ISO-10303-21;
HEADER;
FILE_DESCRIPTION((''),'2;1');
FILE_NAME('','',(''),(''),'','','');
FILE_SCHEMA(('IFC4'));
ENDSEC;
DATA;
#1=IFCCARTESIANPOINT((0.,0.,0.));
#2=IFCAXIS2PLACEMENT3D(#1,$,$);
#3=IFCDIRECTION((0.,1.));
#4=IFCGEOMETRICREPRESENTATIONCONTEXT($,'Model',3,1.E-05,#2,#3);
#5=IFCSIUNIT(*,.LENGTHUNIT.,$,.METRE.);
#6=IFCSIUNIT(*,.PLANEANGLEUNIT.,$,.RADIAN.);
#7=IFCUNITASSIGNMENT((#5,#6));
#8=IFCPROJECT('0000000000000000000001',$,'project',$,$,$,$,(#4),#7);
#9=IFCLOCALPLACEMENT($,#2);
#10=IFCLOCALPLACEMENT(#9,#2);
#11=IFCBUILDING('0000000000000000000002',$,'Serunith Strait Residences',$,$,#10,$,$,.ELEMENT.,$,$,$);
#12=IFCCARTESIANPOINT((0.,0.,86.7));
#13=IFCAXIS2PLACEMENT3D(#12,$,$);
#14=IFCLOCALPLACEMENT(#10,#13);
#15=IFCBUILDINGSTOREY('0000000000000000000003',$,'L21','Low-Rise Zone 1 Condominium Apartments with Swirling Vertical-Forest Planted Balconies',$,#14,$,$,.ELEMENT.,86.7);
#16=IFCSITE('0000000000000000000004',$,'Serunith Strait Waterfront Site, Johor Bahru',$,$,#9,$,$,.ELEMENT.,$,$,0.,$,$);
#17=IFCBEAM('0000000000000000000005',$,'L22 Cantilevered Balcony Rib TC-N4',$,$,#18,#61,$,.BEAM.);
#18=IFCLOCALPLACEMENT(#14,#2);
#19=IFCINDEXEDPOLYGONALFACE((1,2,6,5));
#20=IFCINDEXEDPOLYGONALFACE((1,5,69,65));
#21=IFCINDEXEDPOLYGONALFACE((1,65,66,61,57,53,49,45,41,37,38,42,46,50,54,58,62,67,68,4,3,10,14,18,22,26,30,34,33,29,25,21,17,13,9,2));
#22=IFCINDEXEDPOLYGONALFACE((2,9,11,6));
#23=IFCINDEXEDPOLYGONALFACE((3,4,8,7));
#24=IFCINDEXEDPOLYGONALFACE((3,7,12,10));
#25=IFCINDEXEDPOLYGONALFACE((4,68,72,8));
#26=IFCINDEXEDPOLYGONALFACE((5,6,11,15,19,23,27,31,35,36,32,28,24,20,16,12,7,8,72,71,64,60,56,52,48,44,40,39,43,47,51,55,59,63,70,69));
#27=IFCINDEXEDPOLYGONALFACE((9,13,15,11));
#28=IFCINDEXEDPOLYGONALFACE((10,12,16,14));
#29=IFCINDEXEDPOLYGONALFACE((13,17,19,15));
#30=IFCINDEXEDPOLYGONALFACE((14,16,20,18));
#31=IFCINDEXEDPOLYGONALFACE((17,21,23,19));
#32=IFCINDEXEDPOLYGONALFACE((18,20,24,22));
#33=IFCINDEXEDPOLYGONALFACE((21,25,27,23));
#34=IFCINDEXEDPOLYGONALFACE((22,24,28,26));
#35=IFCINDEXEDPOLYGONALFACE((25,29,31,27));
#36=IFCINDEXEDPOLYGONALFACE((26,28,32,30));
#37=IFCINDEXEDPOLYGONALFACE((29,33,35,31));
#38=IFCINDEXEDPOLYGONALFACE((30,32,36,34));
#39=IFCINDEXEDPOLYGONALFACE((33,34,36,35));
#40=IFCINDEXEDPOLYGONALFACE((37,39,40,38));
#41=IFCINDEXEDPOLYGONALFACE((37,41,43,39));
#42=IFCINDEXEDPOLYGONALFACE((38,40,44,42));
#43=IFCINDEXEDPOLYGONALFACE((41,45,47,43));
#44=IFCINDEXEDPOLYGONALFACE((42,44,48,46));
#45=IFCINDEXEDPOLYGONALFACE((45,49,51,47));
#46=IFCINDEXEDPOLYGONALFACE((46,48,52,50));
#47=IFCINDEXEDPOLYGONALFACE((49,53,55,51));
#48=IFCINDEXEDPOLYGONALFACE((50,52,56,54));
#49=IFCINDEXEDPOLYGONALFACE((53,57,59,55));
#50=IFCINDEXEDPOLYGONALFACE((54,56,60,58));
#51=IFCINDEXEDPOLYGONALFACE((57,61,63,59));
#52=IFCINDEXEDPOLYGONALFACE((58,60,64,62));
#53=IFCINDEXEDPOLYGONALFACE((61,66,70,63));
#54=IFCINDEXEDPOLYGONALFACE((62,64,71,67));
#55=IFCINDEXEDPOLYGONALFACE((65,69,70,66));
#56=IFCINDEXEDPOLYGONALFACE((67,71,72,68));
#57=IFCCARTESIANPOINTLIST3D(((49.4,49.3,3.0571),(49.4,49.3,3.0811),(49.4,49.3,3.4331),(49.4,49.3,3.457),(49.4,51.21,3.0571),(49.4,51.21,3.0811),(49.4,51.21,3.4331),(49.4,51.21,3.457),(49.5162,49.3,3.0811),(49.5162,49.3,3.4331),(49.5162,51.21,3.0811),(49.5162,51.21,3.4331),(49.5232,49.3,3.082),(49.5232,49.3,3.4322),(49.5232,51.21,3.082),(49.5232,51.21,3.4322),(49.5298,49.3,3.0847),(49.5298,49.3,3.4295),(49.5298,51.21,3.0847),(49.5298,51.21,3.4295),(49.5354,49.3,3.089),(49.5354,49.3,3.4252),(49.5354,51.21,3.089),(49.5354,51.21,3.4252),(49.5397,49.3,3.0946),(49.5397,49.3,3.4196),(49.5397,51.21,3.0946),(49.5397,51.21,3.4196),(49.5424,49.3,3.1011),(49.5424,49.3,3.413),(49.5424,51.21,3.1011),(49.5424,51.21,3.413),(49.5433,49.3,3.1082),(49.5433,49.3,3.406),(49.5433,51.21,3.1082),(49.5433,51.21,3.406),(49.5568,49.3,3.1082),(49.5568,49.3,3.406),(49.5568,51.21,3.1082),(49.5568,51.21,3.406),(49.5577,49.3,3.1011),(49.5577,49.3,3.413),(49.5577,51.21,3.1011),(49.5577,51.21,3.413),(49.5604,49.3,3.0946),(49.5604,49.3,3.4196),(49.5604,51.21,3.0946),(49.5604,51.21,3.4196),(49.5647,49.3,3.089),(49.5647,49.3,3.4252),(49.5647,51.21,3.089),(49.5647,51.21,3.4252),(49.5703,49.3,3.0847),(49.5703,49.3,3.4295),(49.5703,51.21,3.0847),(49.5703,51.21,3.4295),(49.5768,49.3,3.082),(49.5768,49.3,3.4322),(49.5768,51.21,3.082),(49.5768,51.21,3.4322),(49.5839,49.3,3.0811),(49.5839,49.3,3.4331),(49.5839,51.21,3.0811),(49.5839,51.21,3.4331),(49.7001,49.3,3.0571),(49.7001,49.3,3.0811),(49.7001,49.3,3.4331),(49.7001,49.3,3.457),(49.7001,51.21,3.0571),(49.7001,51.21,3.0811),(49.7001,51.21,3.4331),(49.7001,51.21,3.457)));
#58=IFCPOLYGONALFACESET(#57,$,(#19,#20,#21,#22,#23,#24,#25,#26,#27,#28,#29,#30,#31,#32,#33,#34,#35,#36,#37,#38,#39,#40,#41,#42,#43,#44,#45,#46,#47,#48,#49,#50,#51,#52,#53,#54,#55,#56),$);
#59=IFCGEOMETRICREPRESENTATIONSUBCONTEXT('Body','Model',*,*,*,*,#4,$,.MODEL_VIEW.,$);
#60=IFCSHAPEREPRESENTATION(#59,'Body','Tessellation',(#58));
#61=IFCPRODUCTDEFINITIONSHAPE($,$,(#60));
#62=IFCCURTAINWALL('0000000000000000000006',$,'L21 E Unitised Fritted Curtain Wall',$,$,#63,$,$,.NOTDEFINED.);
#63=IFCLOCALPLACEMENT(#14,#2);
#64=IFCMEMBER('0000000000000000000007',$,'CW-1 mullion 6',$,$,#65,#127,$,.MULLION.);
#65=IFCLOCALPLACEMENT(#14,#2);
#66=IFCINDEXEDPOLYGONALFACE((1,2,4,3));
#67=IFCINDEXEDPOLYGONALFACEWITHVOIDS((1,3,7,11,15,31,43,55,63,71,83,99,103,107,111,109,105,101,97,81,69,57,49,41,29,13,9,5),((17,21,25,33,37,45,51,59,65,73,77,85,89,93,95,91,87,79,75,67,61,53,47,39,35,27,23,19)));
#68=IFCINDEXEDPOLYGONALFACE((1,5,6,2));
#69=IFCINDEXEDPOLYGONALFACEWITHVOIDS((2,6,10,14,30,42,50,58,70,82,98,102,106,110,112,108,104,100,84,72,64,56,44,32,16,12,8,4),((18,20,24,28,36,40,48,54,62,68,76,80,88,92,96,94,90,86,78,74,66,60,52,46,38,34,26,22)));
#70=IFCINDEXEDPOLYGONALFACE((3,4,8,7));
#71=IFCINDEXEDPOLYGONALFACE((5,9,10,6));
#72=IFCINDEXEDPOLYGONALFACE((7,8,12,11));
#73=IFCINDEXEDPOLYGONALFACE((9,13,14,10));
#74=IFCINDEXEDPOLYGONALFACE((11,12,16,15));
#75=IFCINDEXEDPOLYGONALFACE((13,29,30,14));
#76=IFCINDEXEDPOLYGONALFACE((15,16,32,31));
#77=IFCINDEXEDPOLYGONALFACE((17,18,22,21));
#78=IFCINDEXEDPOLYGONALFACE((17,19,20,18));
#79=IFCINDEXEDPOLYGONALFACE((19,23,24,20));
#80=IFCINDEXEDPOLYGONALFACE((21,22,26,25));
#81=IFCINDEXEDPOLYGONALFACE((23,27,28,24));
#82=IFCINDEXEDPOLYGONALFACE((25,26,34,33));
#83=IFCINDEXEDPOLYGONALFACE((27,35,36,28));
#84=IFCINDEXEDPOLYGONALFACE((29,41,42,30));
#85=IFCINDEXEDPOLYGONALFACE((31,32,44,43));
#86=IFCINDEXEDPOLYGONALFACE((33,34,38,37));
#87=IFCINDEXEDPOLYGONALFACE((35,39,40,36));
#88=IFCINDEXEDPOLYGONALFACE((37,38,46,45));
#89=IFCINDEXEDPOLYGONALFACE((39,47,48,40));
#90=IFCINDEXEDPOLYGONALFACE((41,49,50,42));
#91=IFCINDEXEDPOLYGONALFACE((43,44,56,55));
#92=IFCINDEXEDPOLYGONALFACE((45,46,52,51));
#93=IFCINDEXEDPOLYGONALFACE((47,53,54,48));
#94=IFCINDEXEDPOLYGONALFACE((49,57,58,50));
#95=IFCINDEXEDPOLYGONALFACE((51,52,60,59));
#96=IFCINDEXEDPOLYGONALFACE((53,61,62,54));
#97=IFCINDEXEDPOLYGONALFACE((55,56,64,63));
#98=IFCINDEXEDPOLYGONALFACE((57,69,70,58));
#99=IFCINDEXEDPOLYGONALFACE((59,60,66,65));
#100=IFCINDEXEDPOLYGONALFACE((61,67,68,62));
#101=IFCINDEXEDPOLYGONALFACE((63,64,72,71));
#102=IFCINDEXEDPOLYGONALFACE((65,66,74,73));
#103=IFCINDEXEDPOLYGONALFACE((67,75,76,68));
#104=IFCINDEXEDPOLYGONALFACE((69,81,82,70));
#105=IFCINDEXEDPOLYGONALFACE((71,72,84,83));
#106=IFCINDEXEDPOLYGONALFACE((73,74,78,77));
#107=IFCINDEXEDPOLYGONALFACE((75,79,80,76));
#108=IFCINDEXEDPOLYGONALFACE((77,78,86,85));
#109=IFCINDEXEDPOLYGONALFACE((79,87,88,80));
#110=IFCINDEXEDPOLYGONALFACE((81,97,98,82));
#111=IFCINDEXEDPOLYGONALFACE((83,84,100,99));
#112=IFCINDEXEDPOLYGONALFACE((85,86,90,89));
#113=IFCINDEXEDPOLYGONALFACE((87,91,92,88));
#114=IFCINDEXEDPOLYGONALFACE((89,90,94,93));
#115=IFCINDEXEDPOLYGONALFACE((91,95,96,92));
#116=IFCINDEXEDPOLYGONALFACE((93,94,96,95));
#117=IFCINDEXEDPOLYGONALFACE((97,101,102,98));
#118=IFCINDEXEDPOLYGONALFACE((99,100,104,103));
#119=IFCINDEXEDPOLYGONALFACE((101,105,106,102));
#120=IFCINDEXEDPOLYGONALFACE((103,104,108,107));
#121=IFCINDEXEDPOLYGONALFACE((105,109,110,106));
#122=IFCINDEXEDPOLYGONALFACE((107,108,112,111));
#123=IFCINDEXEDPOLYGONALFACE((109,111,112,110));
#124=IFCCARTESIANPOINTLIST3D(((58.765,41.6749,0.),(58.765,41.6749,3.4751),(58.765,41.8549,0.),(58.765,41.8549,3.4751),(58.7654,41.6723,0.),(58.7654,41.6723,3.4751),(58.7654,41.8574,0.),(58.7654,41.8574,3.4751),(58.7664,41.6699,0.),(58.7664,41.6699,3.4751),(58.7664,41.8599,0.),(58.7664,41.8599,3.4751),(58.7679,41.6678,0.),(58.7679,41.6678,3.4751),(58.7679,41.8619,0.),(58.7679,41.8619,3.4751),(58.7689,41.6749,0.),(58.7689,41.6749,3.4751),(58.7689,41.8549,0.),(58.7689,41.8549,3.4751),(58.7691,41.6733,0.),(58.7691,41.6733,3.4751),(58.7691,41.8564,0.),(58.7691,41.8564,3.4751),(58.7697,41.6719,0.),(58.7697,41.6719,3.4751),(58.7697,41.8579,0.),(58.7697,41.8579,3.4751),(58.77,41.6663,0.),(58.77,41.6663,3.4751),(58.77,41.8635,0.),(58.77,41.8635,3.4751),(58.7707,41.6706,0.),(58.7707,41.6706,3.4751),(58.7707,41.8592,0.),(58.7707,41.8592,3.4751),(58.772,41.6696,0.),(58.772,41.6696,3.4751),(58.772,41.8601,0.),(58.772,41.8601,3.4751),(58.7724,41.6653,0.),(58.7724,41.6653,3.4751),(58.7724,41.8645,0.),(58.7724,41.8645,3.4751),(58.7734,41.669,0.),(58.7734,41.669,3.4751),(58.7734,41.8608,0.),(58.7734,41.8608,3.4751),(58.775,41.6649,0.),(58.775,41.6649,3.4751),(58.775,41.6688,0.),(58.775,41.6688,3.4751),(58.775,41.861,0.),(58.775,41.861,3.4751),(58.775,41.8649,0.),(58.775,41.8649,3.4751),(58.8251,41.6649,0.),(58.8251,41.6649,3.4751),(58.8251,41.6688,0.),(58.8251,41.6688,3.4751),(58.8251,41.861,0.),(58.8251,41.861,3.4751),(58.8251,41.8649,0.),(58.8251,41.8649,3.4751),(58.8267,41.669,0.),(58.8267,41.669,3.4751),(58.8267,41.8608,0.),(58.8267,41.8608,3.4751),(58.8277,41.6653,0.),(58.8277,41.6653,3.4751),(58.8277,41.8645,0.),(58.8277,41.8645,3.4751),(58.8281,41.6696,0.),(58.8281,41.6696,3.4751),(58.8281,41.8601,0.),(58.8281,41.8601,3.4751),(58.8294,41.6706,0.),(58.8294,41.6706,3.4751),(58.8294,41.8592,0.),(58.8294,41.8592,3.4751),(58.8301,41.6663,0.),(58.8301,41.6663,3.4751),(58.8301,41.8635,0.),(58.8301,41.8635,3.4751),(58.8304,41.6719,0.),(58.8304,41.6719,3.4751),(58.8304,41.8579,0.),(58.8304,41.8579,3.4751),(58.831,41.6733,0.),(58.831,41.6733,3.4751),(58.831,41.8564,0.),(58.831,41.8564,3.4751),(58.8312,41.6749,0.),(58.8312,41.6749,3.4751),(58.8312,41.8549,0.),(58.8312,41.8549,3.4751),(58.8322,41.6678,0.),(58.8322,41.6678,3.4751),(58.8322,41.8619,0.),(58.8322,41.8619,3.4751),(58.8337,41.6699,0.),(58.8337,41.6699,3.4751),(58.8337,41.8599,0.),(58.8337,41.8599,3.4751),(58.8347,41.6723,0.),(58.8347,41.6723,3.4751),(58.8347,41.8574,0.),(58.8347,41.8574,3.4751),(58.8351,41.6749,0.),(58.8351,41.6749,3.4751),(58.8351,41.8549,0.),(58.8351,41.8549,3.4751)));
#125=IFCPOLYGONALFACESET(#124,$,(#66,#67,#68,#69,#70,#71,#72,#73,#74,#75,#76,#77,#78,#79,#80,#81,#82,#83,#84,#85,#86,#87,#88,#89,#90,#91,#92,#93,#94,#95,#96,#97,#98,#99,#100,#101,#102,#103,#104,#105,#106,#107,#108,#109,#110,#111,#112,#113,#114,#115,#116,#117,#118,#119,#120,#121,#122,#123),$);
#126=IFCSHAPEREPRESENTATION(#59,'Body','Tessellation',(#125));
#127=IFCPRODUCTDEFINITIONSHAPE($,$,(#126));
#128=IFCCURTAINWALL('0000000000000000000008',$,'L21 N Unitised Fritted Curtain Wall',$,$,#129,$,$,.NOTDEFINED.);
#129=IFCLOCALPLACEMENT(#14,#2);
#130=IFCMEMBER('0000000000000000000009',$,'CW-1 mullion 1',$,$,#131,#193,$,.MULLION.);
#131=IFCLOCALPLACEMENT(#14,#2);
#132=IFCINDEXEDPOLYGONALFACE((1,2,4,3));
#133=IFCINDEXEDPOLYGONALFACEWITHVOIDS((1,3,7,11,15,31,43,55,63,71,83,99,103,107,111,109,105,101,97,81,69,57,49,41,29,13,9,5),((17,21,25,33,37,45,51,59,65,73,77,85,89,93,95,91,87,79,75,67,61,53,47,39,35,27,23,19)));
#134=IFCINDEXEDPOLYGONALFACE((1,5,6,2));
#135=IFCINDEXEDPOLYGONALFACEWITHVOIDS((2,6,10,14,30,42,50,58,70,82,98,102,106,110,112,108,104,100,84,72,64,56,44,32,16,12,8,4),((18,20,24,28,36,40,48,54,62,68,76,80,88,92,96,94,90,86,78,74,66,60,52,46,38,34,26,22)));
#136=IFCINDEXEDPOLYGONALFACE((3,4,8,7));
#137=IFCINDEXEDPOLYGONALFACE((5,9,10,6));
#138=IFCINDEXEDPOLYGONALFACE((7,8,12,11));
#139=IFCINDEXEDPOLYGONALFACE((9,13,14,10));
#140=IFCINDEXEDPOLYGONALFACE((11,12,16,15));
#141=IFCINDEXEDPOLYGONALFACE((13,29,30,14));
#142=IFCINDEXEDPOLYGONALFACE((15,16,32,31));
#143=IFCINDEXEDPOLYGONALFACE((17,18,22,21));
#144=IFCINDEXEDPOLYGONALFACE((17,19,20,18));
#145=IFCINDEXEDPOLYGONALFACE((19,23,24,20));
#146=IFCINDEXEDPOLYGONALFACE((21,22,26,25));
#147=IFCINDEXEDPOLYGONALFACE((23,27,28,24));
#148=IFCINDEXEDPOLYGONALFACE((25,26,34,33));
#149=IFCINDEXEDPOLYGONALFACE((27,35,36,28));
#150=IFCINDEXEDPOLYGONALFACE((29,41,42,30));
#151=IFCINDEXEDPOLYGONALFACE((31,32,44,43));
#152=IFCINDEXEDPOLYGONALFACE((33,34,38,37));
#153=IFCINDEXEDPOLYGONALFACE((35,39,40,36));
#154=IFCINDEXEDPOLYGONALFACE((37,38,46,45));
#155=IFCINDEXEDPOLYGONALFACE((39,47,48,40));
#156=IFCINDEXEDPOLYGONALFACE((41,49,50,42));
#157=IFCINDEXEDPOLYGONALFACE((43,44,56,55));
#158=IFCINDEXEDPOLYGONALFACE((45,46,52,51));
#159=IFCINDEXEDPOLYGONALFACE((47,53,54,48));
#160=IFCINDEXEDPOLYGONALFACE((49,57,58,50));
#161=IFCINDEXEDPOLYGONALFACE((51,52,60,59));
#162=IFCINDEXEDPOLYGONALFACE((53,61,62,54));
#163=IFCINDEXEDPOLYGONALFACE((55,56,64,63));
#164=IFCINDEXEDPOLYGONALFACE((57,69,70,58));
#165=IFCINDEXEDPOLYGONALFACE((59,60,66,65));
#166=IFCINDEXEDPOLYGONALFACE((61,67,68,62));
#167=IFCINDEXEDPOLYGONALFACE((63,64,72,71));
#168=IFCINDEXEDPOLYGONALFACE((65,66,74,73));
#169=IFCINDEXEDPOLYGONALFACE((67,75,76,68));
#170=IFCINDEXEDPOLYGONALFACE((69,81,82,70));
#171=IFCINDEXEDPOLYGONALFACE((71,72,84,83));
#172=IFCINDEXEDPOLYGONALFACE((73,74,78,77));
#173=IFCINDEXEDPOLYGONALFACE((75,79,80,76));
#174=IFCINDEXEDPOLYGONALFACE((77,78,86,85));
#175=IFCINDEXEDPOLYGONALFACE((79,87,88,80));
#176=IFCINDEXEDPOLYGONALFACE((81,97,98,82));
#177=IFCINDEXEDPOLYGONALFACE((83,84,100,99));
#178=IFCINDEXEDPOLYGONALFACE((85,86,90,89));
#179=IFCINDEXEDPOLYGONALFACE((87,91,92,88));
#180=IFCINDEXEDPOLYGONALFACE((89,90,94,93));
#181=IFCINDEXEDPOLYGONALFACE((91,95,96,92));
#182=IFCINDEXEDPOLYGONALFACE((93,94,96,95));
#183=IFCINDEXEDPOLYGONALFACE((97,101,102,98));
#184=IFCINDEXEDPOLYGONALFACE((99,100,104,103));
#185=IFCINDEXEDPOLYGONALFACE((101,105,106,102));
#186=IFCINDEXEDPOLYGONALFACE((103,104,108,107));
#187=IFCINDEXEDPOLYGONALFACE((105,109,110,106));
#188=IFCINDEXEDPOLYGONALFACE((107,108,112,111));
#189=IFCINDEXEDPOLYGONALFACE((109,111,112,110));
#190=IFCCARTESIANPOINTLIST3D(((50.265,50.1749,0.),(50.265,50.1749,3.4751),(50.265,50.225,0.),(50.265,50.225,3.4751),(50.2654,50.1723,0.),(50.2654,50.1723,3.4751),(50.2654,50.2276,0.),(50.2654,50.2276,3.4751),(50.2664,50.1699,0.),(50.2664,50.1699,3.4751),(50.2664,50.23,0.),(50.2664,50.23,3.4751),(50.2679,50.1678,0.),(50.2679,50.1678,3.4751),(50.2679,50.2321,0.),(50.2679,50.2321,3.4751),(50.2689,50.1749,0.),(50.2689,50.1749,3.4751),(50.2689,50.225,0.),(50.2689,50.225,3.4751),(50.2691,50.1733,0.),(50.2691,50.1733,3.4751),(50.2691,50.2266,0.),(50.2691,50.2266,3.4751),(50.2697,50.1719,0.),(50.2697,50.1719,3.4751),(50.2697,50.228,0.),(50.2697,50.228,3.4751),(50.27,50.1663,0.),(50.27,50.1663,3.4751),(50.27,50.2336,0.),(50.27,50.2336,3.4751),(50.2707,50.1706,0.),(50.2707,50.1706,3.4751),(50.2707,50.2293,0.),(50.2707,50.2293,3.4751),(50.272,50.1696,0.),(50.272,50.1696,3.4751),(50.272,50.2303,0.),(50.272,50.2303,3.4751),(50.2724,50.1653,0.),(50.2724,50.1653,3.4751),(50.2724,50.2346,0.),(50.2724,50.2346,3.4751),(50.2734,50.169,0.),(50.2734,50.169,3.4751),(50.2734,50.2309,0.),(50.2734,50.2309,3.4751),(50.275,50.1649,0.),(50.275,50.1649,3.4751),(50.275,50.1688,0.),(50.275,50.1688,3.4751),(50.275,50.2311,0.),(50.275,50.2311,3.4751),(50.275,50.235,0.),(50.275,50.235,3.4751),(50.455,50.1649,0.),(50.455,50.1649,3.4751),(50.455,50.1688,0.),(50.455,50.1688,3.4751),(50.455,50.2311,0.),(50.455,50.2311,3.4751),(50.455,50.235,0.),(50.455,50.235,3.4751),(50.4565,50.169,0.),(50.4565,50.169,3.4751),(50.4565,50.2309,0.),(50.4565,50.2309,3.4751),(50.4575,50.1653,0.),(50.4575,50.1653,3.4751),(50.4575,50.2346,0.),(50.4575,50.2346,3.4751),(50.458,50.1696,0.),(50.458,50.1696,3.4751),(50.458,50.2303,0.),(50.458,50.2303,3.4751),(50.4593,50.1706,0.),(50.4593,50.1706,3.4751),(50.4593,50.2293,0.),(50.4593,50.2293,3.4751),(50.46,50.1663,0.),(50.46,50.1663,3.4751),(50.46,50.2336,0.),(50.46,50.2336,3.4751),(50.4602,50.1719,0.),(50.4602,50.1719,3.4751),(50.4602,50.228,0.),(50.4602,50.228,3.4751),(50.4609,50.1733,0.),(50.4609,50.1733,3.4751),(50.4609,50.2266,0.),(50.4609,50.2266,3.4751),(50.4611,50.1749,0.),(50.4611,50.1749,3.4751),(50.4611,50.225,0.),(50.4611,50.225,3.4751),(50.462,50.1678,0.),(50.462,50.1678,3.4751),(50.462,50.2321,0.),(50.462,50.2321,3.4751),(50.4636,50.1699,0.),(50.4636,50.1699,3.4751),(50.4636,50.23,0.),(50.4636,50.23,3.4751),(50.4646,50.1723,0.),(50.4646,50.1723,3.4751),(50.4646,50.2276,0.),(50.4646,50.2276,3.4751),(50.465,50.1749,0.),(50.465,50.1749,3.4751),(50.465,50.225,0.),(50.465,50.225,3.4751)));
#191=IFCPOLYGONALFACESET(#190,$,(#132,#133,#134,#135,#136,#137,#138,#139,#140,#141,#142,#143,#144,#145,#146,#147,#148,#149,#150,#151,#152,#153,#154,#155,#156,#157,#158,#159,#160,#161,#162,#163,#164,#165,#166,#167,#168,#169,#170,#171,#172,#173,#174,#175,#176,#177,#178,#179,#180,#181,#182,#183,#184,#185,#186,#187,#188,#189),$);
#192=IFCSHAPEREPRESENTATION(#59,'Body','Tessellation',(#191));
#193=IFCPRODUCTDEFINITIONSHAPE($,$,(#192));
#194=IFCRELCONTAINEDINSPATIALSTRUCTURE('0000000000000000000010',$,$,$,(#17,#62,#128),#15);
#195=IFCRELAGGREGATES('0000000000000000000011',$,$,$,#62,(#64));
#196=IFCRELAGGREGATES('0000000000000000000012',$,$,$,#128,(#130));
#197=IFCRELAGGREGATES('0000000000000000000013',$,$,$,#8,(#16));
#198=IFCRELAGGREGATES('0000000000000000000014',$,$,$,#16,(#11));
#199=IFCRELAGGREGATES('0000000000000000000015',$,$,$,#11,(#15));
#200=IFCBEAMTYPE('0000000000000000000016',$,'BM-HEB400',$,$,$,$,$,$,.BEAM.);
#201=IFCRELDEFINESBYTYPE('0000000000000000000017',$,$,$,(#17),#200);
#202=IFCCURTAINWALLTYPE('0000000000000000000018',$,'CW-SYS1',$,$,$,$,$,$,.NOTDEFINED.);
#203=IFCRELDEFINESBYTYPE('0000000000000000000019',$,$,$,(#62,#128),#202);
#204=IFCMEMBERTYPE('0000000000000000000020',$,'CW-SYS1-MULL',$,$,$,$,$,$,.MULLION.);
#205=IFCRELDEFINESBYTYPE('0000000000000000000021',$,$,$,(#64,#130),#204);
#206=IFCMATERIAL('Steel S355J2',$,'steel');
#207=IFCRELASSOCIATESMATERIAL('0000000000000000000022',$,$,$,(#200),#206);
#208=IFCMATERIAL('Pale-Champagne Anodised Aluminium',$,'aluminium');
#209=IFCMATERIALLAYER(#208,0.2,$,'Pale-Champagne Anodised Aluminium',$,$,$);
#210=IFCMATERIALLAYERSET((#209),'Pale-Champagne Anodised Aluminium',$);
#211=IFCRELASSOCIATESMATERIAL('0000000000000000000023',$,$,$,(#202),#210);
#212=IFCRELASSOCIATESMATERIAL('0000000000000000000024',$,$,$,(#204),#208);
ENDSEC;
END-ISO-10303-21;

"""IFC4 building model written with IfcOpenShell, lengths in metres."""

from ifc_helpers import new_model, si_unit, direction, frame, origin, origin_2d, place, context, subcontext, project, spatial, hollow_rectangle, i_section, extrude, source, transform, mapped, material, layer, layer_set, material_profile, profile_set, type_object, element, aggregate, save


model = new_model("IFC4")

# Units and contexts
model_context = context("Model", 3, precision=1e-05, world=origin(), true_north=direction((0.0, 1.0)))
body_context = subcontext(model_context, "Body", "Model", "MODEL_VIEW")
ifc_project = project(units=[si_unit("LENGTHUNIT", "METRE"), si_unit("PLANEANGLEUNIT", "RADIAN")], contexts=[model_context])

# Site, building, storey
site_placement = place(None, origin())
site = spatial("IfcSite", under=ifc_project, at=site_placement, Name="Serunith Strait Waterfront Site, Johor Bahru", CompositionType="ELEMENT", RefElevation=0.0)
building_placement = place(site_placement, origin())
building = spatial("IfcBuilding", under=site, at=building_placement, Name="Serunith Strait Residences", CompositionType="ELEMENT")
storey_placement = place(building_placement, frame((0.0, 0.0, 86.7)))
storey = spatial("IfcBuildingStorey", under=building, at=storey_placement, Name="L21", Description="Low-Rise Zone 1 Condominium Apartments with Swirling Vertical-Forest Planted Balconies", CompositionType="ELEMENT", Elevation=86.7)

# Beam
ifc_material_1 = material(Name="Steel S355J2", Category="steel")
ifc_material_profile_1 = material_profile(ifc_material_1, i_section(OverallWidth=0.3, OverallDepth=0.3999, WebThickness=0.0134, FlangeThickness=0.0239, FilletRadius=0.0271, at=origin_2d()), Name="HEB 400")
ifc_profile_set_1 = profile_set([ifc_material_profile_1], Name="Steel S355J2")
beam_type_1 = type_object("IfcBeamType", Name="BM-HEB400", PredefinedType="BEAM", material=ifc_profile_set_1)
shared_shape_1 = source(origin(), body_context, "Body", "SweptSolid", [
    extrude(i_section(OverallWidth=0.3, OverallDepth=0.3999, WebThickness=0.0134, FlangeThickness=0.0239, FilletRadius=0.0271, at=origin_2d()), origin(), (0.0, 0.0, 1.0), 1.9099),
])
beam_1_placement = place(storey_placement, frame((49.55, 49.3, 3.2571), z_axis=(0.0, 1.0, 0.0), x_axis=(-1.0, 0.0, 0.0)))
element("IfcBeam", 1, at=beam_1_placement, inside=storey, type_object=beam_type_1, Name="L22 Cantilevered Balcony Rib TC-N4", PredefinedType="BEAM", context=body_context, shape_type="MappedRepresentation", body=[
    mapped(shared_shape_1, transform((0.0, 0.0, 0.0), scale=1.0)),
])

# Curtain wall, member
ifc_material_2 = material(Name="Pale-Champagne Anodised Aluminium", Category="aluminium")
ifc_layer_1 = layer(ifc_material_2, 0.2, Name="Pale-Champagne Anodised Aluminium")
ifc_layer_set_1 = layer_set([ifc_layer_1], Name="Pale-Champagne Anodised Aluminium")
curtain_wall_type = type_object("IfcCurtainWallType", Name="CW-SYS1", PredefinedType="NOTDEFINED", material=ifc_layer_set_1)
curtain_wall_1_placement = place(storey_placement, origin())
curtain_wall_1 = element("IfcCurtainWall", 2, at=curtain_wall_1_placement, inside=storey, type_object=curtain_wall_type, Name="L21 E Unitised Fritted Curtain Wall", PredefinedType="NOTDEFINED")
ifc_material_profile_2 = material_profile(ifc_material_2, hollow_rectangle(XDim=0.0701, YDim=0.2, WallThickness=0.0039, InnerFilletRadius=0.0061, OuterFilletRadius=0.01, at=origin_2d()), Name="ALU 200x70x4")
ifc_profile_set_2 = profile_set([ifc_material_profile_2], Name="Pale-Champagne Anodised Aluminium")
member_type_1 = type_object("IfcMemberType", Name="CW-SYS1-MULL", PredefinedType="MULLION", material=ifc_profile_set_2)
shared_shape_2 = source(origin(), body_context, "Body", "SweptSolid", [
    extrude(hollow_rectangle(XDim=0.0701, YDim=0.2, WallThickness=0.0039, InnerFilletRadius=0.0061, OuterFilletRadius=0.01, at=origin_2d()), origin(), (0.0, 0.0, 1.0), 3.4751),
])
member_1_placement = place(storey_placement, frame((58.8, 41.7649, 0.0), z_axis=(0.0, 0.0, 1.0), x_axis=(-1.0, 0.0, 0.0)))
member_1 = element("IfcMember", 3, at=member_1_placement, type_object=member_type_1, Name="CW-1 mullion 6", PredefinedType="MULLION", context=body_context, shape_type="MappedRepresentation", body=[
    mapped(shared_shape_2, transform((0.0, 0.0, 0.0), scale=1.0)),
])

# Curtain wall, member
curtain_wall_2_placement = place(storey_placement, origin())
curtain_wall_2 = element("IfcCurtainWall", 4, at=curtain_wall_2_placement, inside=storey, type_object=curtain_wall_type, Name="L21 N Unitised Fritted Curtain Wall", PredefinedType="NOTDEFINED")
member_2_placement = place(storey_placement, frame((50.365, 50.2, 0.0), z_axis=(0.0, 0.0, 1.0), x_axis=(0.0, -1.0, 0.0)))
member_2 = element("IfcMember", 5, at=member_2_placement, type_object=member_type_1, Name="CW-1 mullion 1", PredefinedType="MULLION", context=body_context, shape_type="MappedRepresentation", body=[
    mapped(shared_shape_2, transform((0.0, 0.0, 0.0), scale=1.0)),
])

aggregate(curtain_wall_1, [member_1])
aggregate(curtain_wall_2, [member_2])

save(model, "model.ifc")
